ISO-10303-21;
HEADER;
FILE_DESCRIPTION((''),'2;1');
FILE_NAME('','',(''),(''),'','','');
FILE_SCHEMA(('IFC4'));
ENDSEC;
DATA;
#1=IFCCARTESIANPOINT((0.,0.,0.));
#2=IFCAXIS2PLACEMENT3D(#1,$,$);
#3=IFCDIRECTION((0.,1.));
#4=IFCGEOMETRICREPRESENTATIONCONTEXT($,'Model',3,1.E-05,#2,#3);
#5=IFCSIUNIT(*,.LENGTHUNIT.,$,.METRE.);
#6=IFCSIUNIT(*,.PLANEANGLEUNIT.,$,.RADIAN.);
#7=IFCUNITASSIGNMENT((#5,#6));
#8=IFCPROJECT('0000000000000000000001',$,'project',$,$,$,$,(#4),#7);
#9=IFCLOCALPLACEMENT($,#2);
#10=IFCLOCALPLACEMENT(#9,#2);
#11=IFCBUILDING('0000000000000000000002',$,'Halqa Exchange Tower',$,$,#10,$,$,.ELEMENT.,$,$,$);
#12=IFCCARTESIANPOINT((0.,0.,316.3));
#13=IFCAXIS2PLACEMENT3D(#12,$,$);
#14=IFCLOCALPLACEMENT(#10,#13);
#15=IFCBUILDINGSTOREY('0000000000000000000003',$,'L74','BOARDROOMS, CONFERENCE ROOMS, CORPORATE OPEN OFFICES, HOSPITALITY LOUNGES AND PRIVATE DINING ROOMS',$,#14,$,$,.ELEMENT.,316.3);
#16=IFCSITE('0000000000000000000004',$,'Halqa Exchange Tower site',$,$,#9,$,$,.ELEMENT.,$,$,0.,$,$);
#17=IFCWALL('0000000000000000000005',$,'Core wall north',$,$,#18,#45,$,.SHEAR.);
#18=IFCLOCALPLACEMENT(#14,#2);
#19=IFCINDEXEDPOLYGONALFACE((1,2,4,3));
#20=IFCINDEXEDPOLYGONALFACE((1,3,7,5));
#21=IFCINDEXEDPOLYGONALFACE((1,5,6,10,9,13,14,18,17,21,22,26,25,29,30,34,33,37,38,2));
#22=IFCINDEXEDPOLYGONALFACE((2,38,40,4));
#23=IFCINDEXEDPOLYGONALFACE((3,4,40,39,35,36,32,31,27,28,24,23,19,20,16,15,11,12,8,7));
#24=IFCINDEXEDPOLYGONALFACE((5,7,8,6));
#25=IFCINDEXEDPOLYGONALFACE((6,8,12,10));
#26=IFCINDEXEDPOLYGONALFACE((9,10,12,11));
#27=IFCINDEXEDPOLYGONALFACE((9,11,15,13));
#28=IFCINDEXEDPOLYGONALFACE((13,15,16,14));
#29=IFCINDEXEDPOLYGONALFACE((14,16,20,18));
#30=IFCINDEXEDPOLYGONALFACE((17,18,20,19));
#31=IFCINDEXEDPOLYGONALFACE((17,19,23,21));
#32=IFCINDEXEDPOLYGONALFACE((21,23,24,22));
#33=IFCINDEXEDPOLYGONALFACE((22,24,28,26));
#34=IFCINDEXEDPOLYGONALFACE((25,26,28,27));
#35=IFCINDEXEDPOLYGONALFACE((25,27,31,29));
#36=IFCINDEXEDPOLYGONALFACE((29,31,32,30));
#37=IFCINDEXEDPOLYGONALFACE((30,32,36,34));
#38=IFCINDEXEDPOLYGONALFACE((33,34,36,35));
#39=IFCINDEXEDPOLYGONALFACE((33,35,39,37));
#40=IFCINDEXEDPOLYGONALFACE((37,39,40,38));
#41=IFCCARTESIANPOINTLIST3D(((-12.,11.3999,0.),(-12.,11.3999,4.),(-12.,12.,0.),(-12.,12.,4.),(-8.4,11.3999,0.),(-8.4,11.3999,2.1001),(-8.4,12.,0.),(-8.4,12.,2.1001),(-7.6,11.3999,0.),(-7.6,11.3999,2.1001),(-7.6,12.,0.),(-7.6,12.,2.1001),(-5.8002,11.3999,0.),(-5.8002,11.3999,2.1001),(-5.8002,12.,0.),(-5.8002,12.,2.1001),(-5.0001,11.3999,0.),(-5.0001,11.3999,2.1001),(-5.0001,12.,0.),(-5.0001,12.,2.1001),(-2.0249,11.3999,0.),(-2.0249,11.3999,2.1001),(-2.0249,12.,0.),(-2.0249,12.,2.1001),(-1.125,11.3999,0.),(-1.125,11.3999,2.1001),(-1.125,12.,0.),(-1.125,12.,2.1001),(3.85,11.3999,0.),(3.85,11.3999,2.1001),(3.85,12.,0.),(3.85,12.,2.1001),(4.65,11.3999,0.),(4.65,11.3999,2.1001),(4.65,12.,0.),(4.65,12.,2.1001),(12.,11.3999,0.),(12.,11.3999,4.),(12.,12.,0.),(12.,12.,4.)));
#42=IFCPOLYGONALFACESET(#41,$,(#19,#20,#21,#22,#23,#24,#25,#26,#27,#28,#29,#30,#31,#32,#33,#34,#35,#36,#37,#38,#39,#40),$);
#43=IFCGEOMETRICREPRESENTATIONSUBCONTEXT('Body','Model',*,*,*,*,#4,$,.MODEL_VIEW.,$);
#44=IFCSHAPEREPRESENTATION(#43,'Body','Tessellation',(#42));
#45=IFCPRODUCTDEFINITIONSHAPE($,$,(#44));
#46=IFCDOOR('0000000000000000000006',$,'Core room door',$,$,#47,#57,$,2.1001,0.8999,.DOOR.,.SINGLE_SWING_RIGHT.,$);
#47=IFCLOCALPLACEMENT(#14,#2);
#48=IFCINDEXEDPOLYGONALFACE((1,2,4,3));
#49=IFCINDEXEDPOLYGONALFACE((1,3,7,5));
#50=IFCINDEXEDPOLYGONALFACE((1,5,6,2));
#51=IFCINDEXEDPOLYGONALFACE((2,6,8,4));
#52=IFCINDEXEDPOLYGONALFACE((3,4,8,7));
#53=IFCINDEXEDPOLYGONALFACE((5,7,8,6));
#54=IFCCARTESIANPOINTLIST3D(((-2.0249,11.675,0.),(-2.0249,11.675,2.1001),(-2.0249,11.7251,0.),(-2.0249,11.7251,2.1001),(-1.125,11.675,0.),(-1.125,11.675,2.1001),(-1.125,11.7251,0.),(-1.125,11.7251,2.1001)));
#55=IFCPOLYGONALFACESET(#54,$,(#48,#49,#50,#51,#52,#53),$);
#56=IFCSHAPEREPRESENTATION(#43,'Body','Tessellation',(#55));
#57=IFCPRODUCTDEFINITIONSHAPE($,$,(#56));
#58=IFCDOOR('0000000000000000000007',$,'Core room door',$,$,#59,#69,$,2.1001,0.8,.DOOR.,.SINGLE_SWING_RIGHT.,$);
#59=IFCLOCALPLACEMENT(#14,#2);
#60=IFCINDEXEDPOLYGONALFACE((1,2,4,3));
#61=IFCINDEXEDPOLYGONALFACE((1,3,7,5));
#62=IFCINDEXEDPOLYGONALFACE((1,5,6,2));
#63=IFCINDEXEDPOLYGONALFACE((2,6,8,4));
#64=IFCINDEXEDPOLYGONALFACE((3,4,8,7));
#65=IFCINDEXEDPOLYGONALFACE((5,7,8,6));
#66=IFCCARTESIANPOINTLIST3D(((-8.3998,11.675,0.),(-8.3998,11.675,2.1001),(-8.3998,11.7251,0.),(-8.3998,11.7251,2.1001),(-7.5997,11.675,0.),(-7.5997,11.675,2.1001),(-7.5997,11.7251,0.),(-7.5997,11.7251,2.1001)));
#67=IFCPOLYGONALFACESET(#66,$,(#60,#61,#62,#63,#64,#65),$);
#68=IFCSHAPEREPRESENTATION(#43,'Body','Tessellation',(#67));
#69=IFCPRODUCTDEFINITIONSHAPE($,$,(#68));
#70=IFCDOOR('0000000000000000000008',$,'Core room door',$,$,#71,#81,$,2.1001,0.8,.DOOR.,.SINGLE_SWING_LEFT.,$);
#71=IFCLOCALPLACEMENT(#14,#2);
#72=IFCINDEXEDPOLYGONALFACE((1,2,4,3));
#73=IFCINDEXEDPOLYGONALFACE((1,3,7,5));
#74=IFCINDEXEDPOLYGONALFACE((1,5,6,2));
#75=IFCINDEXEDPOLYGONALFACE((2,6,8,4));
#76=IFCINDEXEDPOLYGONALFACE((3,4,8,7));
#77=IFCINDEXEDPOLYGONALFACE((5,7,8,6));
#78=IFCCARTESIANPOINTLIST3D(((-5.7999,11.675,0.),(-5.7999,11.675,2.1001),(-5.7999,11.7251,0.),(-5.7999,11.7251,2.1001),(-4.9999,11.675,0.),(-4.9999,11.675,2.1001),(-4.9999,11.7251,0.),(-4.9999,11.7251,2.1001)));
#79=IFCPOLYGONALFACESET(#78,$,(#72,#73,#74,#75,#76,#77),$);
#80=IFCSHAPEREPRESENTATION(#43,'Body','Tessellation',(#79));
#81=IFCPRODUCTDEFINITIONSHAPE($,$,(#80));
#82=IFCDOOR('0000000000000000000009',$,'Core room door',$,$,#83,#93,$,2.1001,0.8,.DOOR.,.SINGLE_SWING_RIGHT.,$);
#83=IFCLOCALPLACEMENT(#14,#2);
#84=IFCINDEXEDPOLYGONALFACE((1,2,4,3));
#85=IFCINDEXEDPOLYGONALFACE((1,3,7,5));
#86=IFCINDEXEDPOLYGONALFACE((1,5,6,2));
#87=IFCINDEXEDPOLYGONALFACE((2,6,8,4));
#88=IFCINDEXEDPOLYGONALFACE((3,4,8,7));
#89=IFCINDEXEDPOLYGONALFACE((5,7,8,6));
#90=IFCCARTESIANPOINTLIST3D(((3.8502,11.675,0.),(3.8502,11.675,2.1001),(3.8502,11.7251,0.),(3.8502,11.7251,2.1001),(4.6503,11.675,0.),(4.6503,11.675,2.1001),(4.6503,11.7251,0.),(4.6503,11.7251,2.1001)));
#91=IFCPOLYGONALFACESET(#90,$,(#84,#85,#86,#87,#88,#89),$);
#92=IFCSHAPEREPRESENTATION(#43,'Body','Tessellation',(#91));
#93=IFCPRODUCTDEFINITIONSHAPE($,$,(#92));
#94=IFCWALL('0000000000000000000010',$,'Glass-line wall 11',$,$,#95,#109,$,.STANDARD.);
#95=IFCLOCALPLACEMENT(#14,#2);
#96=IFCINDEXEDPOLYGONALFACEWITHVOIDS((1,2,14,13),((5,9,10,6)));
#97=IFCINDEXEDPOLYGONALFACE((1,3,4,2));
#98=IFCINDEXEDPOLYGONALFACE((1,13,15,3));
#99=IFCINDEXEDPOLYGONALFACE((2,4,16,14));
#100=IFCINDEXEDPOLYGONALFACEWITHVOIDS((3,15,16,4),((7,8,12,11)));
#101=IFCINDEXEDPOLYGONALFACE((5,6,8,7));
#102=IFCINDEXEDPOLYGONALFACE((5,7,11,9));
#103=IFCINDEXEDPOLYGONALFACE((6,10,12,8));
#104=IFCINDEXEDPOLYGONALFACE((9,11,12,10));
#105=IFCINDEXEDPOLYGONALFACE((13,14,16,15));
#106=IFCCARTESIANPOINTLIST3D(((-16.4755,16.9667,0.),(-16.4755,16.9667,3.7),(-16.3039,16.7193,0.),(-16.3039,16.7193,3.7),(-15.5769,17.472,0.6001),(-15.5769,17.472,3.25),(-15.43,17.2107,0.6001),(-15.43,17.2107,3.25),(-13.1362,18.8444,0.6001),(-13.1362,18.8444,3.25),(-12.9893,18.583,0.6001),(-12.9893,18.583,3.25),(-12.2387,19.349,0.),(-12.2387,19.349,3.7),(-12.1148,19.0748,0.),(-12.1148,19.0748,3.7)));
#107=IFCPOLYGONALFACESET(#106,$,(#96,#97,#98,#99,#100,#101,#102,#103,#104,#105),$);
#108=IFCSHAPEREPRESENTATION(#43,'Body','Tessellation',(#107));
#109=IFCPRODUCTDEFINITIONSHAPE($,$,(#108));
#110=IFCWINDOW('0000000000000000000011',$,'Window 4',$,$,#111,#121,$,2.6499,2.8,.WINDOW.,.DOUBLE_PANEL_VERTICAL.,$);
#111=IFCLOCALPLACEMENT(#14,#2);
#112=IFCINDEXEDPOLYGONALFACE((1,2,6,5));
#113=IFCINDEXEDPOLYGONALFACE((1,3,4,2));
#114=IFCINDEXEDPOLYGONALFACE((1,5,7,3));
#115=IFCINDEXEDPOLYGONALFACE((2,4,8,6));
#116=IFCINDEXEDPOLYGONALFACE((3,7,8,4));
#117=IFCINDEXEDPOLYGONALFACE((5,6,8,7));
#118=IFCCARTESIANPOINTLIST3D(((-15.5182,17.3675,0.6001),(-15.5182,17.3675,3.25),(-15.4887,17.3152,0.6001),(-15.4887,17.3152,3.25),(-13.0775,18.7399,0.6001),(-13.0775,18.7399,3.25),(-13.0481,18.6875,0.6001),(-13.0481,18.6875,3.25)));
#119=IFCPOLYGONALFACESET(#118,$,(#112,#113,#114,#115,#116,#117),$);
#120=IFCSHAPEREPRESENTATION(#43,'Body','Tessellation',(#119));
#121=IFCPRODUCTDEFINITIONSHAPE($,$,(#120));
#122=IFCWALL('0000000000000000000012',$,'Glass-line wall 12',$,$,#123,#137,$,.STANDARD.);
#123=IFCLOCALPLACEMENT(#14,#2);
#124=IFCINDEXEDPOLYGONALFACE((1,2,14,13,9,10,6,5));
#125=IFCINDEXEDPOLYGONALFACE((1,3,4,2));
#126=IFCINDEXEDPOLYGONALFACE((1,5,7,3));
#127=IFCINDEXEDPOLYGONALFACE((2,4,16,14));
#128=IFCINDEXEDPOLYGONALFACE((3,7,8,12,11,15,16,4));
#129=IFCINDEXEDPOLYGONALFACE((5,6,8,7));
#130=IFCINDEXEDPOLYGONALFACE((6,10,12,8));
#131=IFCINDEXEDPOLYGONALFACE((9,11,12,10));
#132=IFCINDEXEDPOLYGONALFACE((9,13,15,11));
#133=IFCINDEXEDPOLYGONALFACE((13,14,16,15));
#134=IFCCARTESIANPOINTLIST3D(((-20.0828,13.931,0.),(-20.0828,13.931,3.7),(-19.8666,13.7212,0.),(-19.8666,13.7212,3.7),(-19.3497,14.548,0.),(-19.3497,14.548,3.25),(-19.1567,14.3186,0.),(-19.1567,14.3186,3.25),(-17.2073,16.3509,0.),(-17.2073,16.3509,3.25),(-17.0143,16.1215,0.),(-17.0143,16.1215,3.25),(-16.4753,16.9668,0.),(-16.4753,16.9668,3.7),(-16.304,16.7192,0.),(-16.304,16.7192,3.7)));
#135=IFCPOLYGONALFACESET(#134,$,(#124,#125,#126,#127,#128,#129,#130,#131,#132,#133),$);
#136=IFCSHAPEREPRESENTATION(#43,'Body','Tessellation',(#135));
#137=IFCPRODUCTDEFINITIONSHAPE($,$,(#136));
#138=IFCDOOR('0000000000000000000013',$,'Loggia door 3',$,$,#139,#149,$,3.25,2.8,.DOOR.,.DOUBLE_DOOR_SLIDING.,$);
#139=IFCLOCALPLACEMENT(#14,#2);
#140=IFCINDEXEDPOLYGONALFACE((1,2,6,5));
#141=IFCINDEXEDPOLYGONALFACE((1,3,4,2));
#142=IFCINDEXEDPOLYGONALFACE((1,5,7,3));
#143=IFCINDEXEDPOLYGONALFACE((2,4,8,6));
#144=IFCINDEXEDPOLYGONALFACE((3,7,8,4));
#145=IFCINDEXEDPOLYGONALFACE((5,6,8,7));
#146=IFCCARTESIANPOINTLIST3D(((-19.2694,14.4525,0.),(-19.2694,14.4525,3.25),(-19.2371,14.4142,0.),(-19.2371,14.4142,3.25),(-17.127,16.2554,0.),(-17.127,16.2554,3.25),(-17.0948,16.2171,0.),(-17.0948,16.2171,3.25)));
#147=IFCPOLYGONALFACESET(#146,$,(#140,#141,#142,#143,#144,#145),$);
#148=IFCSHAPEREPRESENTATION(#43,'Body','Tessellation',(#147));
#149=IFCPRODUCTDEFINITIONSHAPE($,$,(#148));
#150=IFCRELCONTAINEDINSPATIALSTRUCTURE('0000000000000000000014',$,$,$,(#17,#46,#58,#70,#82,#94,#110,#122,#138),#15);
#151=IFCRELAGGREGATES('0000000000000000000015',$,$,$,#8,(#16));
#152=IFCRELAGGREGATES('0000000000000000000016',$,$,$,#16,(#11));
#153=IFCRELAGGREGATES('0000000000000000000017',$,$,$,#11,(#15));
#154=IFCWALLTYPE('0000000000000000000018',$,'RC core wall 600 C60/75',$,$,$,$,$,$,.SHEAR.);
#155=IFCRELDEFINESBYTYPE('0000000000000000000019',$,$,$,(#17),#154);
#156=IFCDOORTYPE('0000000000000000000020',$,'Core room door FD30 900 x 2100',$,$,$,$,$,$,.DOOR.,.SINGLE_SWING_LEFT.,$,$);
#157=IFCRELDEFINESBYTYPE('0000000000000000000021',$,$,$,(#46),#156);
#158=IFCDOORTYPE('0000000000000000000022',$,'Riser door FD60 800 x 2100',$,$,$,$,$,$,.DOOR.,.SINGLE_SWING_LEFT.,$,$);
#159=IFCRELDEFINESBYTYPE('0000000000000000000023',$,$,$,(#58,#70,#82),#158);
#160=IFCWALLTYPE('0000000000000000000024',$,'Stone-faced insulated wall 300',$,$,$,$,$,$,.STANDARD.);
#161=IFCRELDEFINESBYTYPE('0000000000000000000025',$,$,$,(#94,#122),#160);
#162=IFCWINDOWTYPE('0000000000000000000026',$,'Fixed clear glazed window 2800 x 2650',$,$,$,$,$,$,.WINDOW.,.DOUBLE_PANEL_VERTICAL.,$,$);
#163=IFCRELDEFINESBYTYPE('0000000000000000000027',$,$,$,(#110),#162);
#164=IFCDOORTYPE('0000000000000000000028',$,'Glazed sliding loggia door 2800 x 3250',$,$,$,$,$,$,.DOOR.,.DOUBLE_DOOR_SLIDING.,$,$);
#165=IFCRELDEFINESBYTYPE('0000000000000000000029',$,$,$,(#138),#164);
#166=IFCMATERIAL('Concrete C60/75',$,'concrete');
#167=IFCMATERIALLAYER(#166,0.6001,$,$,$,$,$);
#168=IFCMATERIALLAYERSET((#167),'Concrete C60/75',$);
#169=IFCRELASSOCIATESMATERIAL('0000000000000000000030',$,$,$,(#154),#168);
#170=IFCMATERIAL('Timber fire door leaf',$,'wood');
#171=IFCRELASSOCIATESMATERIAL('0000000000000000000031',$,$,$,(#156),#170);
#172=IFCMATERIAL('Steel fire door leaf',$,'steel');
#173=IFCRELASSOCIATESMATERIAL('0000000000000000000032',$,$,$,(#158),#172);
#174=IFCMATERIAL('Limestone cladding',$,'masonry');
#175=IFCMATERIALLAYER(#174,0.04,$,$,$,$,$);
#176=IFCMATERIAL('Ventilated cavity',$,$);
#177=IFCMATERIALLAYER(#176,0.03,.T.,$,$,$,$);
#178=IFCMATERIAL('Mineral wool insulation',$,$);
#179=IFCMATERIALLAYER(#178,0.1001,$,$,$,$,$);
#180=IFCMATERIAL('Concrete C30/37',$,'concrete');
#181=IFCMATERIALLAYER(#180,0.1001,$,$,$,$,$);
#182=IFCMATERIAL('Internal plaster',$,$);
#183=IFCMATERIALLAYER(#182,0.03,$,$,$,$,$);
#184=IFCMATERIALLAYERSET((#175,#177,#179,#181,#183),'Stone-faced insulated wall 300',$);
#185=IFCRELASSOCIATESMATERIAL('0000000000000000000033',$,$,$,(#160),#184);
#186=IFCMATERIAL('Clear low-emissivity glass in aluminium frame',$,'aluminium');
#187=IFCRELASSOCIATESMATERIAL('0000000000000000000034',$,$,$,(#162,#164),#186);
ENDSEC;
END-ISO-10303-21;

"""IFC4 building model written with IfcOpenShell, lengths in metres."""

from ifc_helpers import new_model, si_unit, direction, frame, frame_2d, origin, place, context, subcontext, project, spatial, polyline, rectangle, outline, extrude, material, layer, layer_set, type_object, element, fill, save


model = new_model("IFC4")

# Units and contexts
model_context = context("Model", 3, precision=1e-05, world=origin(), true_north=direction((0.0, 1.0)))
body_context = subcontext(model_context, "Body", "Model", "MODEL_VIEW")
ifc_project = project(units=[si_unit("LENGTHUNIT", "METRE"), si_unit("PLANEANGLEUNIT", "RADIAN")], contexts=[model_context])

# Site, building, storey
site_placement = place(None, origin())
site = spatial("IfcSite", under=ifc_project, at=site_placement, Name="Halqa Exchange Tower site", CompositionType="ELEMENT", RefElevation=0.0)
building_placement = place(site_placement, origin())
building = spatial("IfcBuilding", under=site, at=building_placement, Name="Halqa Exchange Tower", CompositionType="ELEMENT")
storey_placement = place(building_placement, frame((0.0, 0.0, 316.3)))
storey = spatial("IfcBuildingStorey", under=building, at=storey_placement, Name="L74", Description="BOARDROOMS, CONFERENCE ROOMS, CORPORATE OPEN OFFICES, HOSPITALITY LOUNGES AND PRIVATE DINING ROOMS", CompositionType="ELEMENT", Elevation=316.3)

# Shared definitions
ifc_material_1 = material(Name="Concrete C60/75", Category="concrete")

# Wall, openings, doors
ifc_material_2 = material(Name="Steel fire door leaf", Category="steel")
ifc_layer_1 = layer(ifc_material_1, 0.6001)
ifc_layer_set_1 = layer_set([ifc_layer_1], Name="Concrete C60/75")
wall_type_1 = type_object("IfcWallType", Name="RC core wall 600 C60/75", PredefinedType="SHEAR", material=ifc_layer_set_1)
wall_1_placement = place(storey_placement, frame((-12.0, 11.7, 0.0), z_axis=(0.0, 0.0, 1.0), x_axis=(1.0, 0.0, 0.0)))
wall_1 = element("IfcWall", 1, at=wall_1_placement, inside=storey, type_object=wall_type_1, Name="Core wall north", PredefinedType="SHEAR", context=body_context, shape_type="SweptSolid", body=[
    extrude(rectangle(XDim=24.0, YDim=0.6001, at=frame_2d((12.0, 0.0))), origin(), (0.0, 0.0, 1.0), 4.0),
])
opening_1_placement = place(wall_1_placement, frame((9.9751, 0.0, 0.0)))
opening_1 = element("IfcOpeningElement", 2, at=opening_1_placement, cuts=wall_1, PredefinedType="OPENING", context=body_context, shape_type="SweptSolid", body=[
    extrude(rectangle(XDim=0.8999, YDim=2.1001, at=frame_2d((0.45, 1.05))), frame((0.0, 0.312, 0.0), z_axis=(0.0, -1.0, 0.0), x_axis=(1.0, 0.0, 0.0)), (0.0, 0.0, 1.0), 0.624),
])
opening_2_placement = place(wall_1_placement, frame((3.6001, 0.0, 0.0)))
opening_2 = element("IfcOpeningElement", 3, at=opening_2_placement, cuts=wall_1, PredefinedType="OPENING", context=body_context, shape_type="SweptSolid", body=[
    extrude(rectangle(XDim=0.8, YDim=2.1001, at=frame_2d((0.3999, 1.05))), frame((0.0, 0.312, 0.0), z_axis=(0.0, -1.0, 0.0), x_axis=(1.0, 0.0, 0.0)), (0.0, 0.0, 1.0), 0.624),
])
opening_3_placement = place(wall_1_placement, frame((6.2, 0.0, 0.0)))
opening_3 = element("IfcOpeningElement", 4, at=opening_3_placement, cuts=wall_1, PredefinedType="OPENING", context=body_context, shape_type="SweptSolid", body=[
    extrude(rectangle(XDim=0.8, YDim=2.1001, at=frame_2d((0.3999, 1.05))), frame((0.0, 0.312, 0.0), z_axis=(0.0, -1.0, 0.0), x_axis=(1.0, 0.0, 0.0)), (0.0, 0.0, 1.0), 0.624),
])
opening_4_placement = place(wall_1_placement, frame((15.8501, 0.0, 0.0)))
opening_4 = element("IfcOpeningElement", 5, at=opening_4_placement, cuts=wall_1, PredefinedType="OPENING", context=body_context, shape_type="SweptSolid", body=[
    extrude(rectangle(XDim=0.8, YDim=2.1001, at=frame_2d((0.3999, 1.05))), frame((0.0, 0.312, 0.0), z_axis=(0.0, -1.0, 0.0), x_axis=(1.0, 0.0, 0.0)), (0.0, 0.0, 1.0), 0.624),
])
ifc_material_3 = material(Name="Timber fire door leaf", Category="wood")
door_type_1 = type_object("IfcDoorType", Name="Core room door FD30 900 x 2100", OperationType="SINGLE_SWING_LEFT", PredefinedType="DOOR", material=ifc_material_3)
door_1_placement = place(opening_1_placement, frame((0.8999, 0.0, 0.0), z_axis=(0.0, 0.0, 1.0), x_axis=(-1.0, 0.0, 0.0)))
door_1 = element("IfcDoor", 6, at=door_1_placement, inside=storey, type_object=door_type_1, Name="Core room door", OperationType="SINGLE_SWING_RIGHT", OverallHeight=2.1001, OverallWidth=0.8999, PredefinedType="DOOR", context=body_context, shape_type="SweptSolid", body=[
    extrude(rectangle(XDim=0.8999, YDim=2.1001, at=frame_2d((0.45, 1.05))), frame((0.0, 0.0249, 0.0), z_axis=(0.0, -1.0, 0.0), x_axis=(1.0, 0.0, 0.0)), (0.0, 0.0, 1.0), 0.05),
])
fill(opening_1, door_1)
door_type_2 = type_object("IfcDoorType", Name="Riser door FD60 800 x 2100", OperationType="SINGLE_SWING_LEFT", PredefinedType="DOOR", material=ifc_material_2)
door_2_placement = place(opening_2_placement, frame((0.8, 0.0, 0.0), z_axis=(0.0, 0.0, 1.0), x_axis=(-1.0, 0.0, 0.0)))
door_2 = element("IfcDoor", 7, at=door_2_placement, inside=storey, type_object=door_type_2, Name="Core room door", OperationType="SINGLE_SWING_RIGHT", OverallHeight=2.1001, OverallWidth=0.8, PredefinedType="DOOR", context=body_context, shape_type="SweptSolid", body=[
    extrude(rectangle(XDim=0.8, YDim=2.1001, at=frame_2d((0.3999, 1.05))), frame((0.0, 0.0249, 0.0), z_axis=(0.0, -1.0, 0.0), x_axis=(1.0, 0.0, 0.0)), (0.0, 0.0, 1.0), 0.05),
])
fill(opening_2, door_2)
door_3_placement = place(opening_3_placement, frame((0.8, 0.0, 0.0), z_axis=(0.0, 0.0, 1.0), x_axis=(-1.0, 0.0, 0.0)))
door_3 = element("IfcDoor", 8, at=door_3_placement, inside=storey, type_object=door_type_2, Name="Core room door", OperationType="SINGLE_SWING_LEFT", OverallHeight=2.1001, OverallWidth=0.8, PredefinedType="DOOR", context=body_context, shape_type="SweptSolid", body=[
    extrude(rectangle(XDim=0.8, YDim=2.1001, at=frame_2d((0.3999, 1.05))), frame((0.0, 0.0249, 0.0), z_axis=(0.0, -1.0, 0.0), x_axis=(1.0, 0.0, 0.0)), (0.0, 0.0, 1.0), 0.05),
])
fill(opening_3, door_3)
door_4_placement = place(opening_4_placement, frame((0.8, 0.0, 0.0), z_axis=(0.0, 0.0, 1.0), x_axis=(-1.0, 0.0, 0.0)))
door_4 = element("IfcDoor", 9, at=door_4_placement, inside=storey, type_object=door_type_2, Name="Core room door", OperationType="SINGLE_SWING_RIGHT", OverallHeight=2.1001, OverallWidth=0.8, PredefinedType="DOOR", context=body_context, shape_type="SweptSolid", body=[
    extrude(rectangle(XDim=0.8, YDim=2.1001, at=frame_2d((0.3999, 1.05))), frame((0.0, 0.0249, 0.0), z_axis=(0.0, -1.0, 0.0), x_axis=(1.0, 0.0, 0.0)), (0.0, 0.0, 1.0), 0.05),
])
fill(opening_4, door_4)

# Wall, opening, window
ifc_material_4 = material(Name="Limestone cladding", Category="masonry")
ifc_layer_2 = layer(ifc_material_4, 0.04)
ifc_material_5 = material(Name="Ventilated cavity")
ifc_layer_3 = layer(ifc_material_5, 0.03, ventilated=True)
ifc_material_6 = material(Name="Mineral wool insulation")
ifc_layer_4 = layer(ifc_material_6, 0.1001)
ifc_material_7 = material(Name="Concrete C30/37", Category="concrete")
ifc_layer_5 = layer(ifc_material_7, 0.1001)
ifc_material_8 = material(Name="Internal plaster")
ifc_layer_6 = layer(ifc_material_8, 0.03)
ifc_layer_set_2 = layer_set([ifc_layer_2, ifc_layer_3, ifc_layer_4, ifc_layer_5, ifc_layer_6], Name="Stone-faced insulated wall 300")
wall_type_2 = type_object("IfcWallType", Name="Stone-faced insulated wall 300", PredefinedType="STANDARD", material=ifc_layer_set_2)
wall_2_placement = place(storey_placement, frame((-12.1768, 19.2119, 0.0), z_axis=(0.0, 0.0, 1.0), x_axis=(-0.871651, -0.490127, 0.0)))
wall_2 = element("IfcWall", 10, at=wall_2_placement, inside=storey, type_object=wall_type_2, Name="Glass-line wall 11", PredefinedType="STANDARD", context=body_context, shape_type="SweptSolid", body=[
    extrude(outline(polyline([(-0.0132, -0.1499), (4.8474, -0.1499), (4.8191, 0.1499), (0.0132, 0.1499), (-0.0132, -0.1499)])), origin(), (0.0, 0.0, 1.0), 3.7),
])
opening_5_placement = place(wall_2_placement, frame((1.0166, 0.0, 0.6001)))
opening_5 = element("IfcOpeningElement", 11, at=opening_5_placement, cuts=wall_2, PredefinedType="OPENING", context=body_context, shape_type="SweptSolid", body=[
    extrude(rectangle(XDim=2.8, YDim=2.6499, at=frame_2d((1.3999, 1.325))), frame((0.0, 0.1621, 0.0), z_axis=(0.0, -1.0, 0.0), x_axis=(1.0, 0.0, 0.0)), (0.0, 0.0, 1.0), 0.324),
])
ifc_material_9 = material(Name="Clear low-emissivity glass in aluminium frame", Category="aluminium")
window_type = type_object("IfcWindowType", Name="Fixed clear glazed window 2800 x 2650", PartitioningType="DOUBLE_PANEL_VERTICAL", PredefinedType="WINDOW", material=ifc_material_9)
window_1_placement = place(opening_5_placement, origin())
window_1 = element("IfcWindow", 12, at=window_1_placement, inside=storey, type_object=window_type, Name="Window 4", OverallHeight=2.6499, OverallWidth=2.8, PartitioningType="DOUBLE_PANEL_VERTICAL", PredefinedType="WINDOW", context=body_context, shape_type="SweptSolid", body=[
    extrude(rectangle(XDim=2.8, YDim=2.6499, at=frame_2d((1.3999, 1.325))), frame((0.0, 0.03, 0.0), z_axis=(0.0, -1.0, 0.0), x_axis=(1.0, 0.0, 0.0)), (0.0, 0.0, 1.0), 0.0601),
])
fill(opening_5, window_1)

# Wall, opening, door
wall_3_placement = place(storey_placement, frame((-16.3896, 16.843, 0.0), z_axis=(0.0, 0.0, 1.0), x_axis=(-0.765129, -0.643877, 0.0)))
wall_3 = element("IfcWall", 13, at=wall_3_placement, inside=storey, type_object=wall_type_2, Name="Glass-line wall 12", PredefinedType="STANDARD", context=body_context, shape_type="SweptSolid", body=[
    extrude(outline(polyline([(-0.0142, -0.1499), (4.7007, -0.1499), (4.6704, 0.1499), (0.0142, 0.1499), (-0.0142, -0.1499)])), origin(), (0.0, 0.0, 1.0), 3.7),
])
opening_6_placement = place(wall_3_placement, frame((0.9426, 0.0, 0.0)))
opening_6 = element("IfcOpeningElement", 14, at=opening_6_placement, cuts=wall_3, PredefinedType="OPENING", context=body_context, shape_type="SweptSolid", body=[
    extrude(rectangle(XDim=2.8, YDim=3.25, at=frame_2d((1.3999, 1.625))), frame((0.0, 0.1621, 0.0), z_axis=(0.0, -1.0, 0.0), x_axis=(1.0, 0.0, 0.0)), (0.0, 0.0, 1.0), 0.324),
])
door_type_3 = type_object("IfcDoorType", Name="Glazed sliding loggia door 2800 x 3250", OperationType="DOUBLE_DOOR_SLIDING", PredefinedType="DOOR", material=ifc_material_9)
door_5_placement = place(opening_6_placement, origin())
door_5 = element("IfcDoor", 15, at=door_5_placement, inside=storey, type_object=door_type_3, Name="Loggia door 3", OperationType="DOUBLE_DOOR_SLIDING", OverallHeight=3.25, OverallWidth=2.8, PredefinedType="DOOR", context=body_context, shape_type="SweptSolid", body=[
    extrude(rectangle(XDim=2.8, YDim=3.25, at=frame_2d((1.3999, 1.625))), frame((0.0, 0.0249, 0.0), z_axis=(0.0, -1.0, 0.0), x_axis=(1.0, 0.0, 0.0)), (0.0, 0.0, 1.0), 0.05),
])
fill(opening_6, door_5)

save(model, "model.ifc")
